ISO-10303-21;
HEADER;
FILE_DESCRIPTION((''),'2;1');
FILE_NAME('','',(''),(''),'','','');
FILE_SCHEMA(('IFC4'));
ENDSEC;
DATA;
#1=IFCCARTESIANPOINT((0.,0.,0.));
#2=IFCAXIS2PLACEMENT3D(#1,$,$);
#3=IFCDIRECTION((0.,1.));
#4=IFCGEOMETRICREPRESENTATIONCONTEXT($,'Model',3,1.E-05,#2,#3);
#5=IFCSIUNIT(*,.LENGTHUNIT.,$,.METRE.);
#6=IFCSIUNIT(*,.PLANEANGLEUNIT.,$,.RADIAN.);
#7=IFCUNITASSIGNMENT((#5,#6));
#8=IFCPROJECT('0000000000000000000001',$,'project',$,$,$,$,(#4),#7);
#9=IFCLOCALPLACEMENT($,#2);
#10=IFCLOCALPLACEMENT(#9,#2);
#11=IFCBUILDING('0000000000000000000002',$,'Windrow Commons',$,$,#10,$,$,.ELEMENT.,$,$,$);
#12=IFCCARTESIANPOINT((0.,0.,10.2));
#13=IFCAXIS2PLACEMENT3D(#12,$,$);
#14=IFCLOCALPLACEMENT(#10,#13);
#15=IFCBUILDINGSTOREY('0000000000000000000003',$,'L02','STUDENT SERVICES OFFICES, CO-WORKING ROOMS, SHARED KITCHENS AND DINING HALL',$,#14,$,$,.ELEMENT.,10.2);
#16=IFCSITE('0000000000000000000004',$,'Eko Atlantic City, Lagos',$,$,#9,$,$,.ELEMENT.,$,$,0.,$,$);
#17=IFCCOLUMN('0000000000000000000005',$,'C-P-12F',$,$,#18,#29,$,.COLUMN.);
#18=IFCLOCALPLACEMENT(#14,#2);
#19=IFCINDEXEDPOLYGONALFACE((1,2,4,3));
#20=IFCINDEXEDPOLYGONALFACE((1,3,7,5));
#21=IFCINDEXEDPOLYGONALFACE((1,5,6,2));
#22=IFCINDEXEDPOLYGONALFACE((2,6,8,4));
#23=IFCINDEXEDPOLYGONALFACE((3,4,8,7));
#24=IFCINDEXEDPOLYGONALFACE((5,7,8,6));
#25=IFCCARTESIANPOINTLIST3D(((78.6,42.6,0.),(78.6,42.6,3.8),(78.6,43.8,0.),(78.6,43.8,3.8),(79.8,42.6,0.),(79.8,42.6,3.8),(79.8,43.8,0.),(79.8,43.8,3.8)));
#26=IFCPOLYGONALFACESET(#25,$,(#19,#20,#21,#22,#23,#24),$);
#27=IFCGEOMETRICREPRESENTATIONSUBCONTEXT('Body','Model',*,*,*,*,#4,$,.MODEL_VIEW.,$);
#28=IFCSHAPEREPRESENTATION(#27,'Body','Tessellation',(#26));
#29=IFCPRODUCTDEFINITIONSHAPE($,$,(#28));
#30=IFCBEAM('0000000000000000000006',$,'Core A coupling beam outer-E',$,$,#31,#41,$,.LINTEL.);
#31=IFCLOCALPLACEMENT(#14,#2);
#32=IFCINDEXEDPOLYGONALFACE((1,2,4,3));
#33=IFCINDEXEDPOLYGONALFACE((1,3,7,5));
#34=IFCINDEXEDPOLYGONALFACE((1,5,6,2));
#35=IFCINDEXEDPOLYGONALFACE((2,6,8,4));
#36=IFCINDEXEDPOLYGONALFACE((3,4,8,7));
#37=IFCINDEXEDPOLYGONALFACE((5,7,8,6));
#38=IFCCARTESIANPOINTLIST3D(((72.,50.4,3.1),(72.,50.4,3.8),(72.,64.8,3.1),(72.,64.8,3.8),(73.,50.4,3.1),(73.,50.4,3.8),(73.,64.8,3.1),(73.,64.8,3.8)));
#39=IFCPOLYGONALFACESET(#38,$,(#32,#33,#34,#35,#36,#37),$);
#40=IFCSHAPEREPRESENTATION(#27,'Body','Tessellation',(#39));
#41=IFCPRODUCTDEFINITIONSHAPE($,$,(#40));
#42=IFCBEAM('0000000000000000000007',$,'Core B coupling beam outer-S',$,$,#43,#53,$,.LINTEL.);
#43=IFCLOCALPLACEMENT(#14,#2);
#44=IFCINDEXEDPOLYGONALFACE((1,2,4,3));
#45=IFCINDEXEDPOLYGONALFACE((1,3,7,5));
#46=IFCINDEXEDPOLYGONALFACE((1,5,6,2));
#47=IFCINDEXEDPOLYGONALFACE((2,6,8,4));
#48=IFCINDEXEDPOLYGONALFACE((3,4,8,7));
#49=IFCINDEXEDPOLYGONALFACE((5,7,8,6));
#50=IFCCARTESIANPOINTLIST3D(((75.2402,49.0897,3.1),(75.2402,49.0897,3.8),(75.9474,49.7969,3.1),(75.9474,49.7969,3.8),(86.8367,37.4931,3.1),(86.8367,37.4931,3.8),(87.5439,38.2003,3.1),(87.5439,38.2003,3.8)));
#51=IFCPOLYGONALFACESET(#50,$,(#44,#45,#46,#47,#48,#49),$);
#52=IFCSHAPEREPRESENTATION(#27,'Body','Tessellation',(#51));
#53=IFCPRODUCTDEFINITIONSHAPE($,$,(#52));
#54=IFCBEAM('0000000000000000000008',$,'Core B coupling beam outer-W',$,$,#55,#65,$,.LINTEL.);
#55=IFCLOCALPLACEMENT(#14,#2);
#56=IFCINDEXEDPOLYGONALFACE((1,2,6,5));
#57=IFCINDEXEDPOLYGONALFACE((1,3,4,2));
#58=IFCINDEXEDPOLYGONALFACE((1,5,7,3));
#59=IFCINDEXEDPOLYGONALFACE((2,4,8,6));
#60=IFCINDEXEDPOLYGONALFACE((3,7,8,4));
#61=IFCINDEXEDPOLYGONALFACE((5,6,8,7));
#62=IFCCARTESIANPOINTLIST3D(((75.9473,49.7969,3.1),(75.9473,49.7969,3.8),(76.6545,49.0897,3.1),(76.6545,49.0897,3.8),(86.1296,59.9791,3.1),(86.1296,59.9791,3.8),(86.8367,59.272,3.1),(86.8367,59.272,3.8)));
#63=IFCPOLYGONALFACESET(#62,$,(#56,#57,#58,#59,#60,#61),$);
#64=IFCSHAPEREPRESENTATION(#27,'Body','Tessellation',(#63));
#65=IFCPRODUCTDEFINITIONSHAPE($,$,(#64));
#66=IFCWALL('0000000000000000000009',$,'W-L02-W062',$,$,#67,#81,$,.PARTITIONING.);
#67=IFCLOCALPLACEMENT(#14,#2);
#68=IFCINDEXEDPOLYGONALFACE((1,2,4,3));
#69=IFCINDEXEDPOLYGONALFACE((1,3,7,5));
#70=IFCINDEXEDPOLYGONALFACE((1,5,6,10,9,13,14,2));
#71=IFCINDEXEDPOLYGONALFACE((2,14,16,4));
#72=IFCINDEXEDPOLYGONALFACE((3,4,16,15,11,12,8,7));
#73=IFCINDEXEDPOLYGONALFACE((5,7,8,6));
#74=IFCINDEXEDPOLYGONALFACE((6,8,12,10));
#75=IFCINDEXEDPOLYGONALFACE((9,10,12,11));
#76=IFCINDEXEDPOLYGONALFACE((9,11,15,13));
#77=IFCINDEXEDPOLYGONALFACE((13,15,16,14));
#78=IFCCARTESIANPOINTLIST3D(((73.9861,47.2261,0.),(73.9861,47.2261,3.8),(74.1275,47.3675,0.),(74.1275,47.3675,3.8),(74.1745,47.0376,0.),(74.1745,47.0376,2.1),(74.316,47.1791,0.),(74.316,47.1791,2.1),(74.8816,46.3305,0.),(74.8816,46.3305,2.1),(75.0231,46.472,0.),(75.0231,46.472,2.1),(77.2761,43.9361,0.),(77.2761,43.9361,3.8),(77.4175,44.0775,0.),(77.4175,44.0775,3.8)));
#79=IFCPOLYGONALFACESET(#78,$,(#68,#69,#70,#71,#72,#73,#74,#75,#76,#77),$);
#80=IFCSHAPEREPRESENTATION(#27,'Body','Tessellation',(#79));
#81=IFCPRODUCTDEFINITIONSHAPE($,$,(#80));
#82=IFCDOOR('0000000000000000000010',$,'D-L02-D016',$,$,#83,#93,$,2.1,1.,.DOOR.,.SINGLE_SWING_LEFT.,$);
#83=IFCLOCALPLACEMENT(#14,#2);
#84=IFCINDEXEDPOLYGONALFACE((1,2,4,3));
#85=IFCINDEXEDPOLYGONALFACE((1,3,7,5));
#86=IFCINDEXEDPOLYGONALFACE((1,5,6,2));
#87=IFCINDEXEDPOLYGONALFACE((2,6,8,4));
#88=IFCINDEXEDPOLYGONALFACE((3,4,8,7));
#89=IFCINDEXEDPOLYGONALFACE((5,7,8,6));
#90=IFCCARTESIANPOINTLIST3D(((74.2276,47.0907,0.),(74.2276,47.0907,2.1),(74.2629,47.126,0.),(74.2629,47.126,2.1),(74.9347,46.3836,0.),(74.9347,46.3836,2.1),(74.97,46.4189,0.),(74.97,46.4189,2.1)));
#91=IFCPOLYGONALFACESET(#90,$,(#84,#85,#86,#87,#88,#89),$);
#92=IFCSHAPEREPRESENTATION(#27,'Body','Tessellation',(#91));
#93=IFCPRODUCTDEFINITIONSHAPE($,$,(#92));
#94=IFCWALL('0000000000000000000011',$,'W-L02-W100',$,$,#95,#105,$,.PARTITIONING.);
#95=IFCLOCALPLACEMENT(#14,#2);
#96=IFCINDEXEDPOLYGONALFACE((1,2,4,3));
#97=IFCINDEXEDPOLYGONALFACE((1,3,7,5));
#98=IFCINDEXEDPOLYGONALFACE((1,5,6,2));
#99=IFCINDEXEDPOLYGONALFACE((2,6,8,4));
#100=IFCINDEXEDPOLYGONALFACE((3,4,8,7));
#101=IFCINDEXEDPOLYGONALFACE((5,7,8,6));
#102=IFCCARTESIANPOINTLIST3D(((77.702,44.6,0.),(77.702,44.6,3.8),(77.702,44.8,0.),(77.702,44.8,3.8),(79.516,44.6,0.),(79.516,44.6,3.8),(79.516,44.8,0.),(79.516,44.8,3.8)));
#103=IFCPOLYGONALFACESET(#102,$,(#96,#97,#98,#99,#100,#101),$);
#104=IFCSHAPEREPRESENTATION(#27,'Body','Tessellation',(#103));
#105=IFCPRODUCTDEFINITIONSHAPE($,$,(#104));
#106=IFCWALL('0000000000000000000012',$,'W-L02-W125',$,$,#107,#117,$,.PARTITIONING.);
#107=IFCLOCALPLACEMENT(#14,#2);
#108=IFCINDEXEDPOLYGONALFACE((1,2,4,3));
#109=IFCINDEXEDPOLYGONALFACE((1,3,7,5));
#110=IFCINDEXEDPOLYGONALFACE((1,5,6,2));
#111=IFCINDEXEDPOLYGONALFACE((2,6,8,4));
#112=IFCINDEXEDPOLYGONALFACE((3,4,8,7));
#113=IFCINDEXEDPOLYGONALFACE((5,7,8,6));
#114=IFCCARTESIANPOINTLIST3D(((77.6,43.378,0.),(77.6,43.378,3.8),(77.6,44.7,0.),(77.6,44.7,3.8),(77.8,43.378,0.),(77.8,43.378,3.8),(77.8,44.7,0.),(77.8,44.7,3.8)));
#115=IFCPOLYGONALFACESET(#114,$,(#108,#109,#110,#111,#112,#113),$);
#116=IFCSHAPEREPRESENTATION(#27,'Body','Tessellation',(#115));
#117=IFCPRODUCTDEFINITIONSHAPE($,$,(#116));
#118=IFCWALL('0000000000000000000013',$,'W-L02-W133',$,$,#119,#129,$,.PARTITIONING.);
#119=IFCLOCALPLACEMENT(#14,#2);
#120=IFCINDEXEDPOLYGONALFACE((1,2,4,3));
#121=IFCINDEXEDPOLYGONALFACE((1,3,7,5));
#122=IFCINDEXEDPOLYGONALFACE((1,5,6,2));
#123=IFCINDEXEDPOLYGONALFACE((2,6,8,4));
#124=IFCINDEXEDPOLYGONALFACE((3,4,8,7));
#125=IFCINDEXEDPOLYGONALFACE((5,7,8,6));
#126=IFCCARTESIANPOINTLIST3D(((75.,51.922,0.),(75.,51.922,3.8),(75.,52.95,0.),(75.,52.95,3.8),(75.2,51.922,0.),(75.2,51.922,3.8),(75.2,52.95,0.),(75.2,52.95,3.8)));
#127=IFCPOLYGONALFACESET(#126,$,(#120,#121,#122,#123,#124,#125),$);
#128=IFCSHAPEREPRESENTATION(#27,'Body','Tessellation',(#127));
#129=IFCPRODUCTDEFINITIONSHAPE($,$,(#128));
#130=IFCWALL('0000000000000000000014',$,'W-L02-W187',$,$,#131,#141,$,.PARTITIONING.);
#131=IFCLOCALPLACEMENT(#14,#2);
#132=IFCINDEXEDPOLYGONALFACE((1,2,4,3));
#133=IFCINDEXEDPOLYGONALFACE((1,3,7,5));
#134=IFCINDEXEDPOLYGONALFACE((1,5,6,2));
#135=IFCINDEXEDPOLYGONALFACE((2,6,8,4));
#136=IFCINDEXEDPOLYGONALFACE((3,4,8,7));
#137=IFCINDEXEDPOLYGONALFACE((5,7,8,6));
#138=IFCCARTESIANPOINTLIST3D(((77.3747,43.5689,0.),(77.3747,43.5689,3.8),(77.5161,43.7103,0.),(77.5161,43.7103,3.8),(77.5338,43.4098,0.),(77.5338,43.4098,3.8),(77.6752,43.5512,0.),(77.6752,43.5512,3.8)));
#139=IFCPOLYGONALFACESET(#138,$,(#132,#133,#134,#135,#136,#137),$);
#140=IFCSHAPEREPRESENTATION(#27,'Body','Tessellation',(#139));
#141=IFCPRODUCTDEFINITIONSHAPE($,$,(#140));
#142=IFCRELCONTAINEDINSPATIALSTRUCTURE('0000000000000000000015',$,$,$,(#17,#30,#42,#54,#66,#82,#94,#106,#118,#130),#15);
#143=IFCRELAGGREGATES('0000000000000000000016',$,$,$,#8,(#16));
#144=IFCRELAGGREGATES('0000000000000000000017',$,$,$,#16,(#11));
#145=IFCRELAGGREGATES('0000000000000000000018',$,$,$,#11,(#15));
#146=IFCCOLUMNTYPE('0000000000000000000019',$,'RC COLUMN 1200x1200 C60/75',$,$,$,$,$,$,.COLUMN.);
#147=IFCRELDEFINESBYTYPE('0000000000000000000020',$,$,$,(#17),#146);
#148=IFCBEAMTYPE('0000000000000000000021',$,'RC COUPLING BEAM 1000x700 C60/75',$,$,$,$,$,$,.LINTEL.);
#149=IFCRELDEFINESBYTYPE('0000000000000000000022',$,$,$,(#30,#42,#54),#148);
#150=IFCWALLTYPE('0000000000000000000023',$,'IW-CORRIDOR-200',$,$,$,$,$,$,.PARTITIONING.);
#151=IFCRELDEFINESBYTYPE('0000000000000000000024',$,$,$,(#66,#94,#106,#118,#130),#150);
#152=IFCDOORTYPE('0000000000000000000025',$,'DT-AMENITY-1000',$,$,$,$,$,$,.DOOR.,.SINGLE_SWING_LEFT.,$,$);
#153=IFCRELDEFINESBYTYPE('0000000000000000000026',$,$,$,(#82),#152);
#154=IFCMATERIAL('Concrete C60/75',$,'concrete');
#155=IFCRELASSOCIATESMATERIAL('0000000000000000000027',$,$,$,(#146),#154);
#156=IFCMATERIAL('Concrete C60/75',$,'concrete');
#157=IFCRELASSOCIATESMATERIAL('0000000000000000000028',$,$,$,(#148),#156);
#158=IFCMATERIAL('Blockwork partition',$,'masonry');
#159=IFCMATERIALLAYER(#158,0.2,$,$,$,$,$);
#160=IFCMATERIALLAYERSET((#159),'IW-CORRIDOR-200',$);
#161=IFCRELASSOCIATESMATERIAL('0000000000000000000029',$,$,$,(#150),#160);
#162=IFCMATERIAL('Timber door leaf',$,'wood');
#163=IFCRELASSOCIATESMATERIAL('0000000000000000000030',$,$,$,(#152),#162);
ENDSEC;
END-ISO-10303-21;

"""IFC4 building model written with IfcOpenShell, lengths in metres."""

from ifc_helpers import new_model, si_unit, direction, frame, frame_2d, origin, origin_2d, place, context, subcontext, project, spatial, rectangle, extrude, material, layer, layer_set, material_profile, profile_set, type_object, element, fill, save


model = new_model("IFC4")

# Units and contexts
model_context = context("Model", 3, precision=1e-05, world=origin(), true_north=direction((0.0, 1.0)))
body_context = subcontext(model_context, "Body", "Model", "MODEL_VIEW")
ifc_project = project(units=[si_unit("LENGTHUNIT", "METRE"), si_unit("PLANEANGLEUNIT", "RADIAN")], contexts=[model_context])

# Site, building, storey
site_placement = place(None, origin())
site = spatial("IfcSite", under=ifc_project, at=site_placement, Name="Eko Atlantic City, Lagos", CompositionType="ELEMENT", RefElevation=0.0)
building_placement = place(site_placement, origin())
building = spatial("IfcBuilding", under=site, at=building_placement, Name="Windrow Commons", CompositionType="ELEMENT")
storey_placement = place(building_placement, frame((0.0, 0.0, 10.2)))
storey = spatial("IfcBuildingStorey", under=building, at=storey_placement, Name="L02", Description="STUDENT SERVICES OFFICES, CO-WORKING ROOMS, SHARED KITCHENS AND DINING HALL", CompositionType="ELEMENT", Elevation=10.2)

# Column
ifc_material_1 = material(Name="Concrete C60/75", Category="concrete")
ifc_material_profile_1 = material_profile(ifc_material_1, rectangle(XDim=1.2, YDim=1.2, at=origin_2d()))
ifc_profile_set_1 = profile_set([ifc_material_profile_1], Name="Concrete C60/75")
column_type = type_object("IfcColumnType", Name="RC COLUMN 1200x1200 C60/75", PredefinedType="COLUMN", material=ifc_profile_set_1)
column_placement = place(storey_placement, frame((79.2, 43.2, 0.0), z_axis=(0.0, 0.0, 1.0), x_axis=(1.0, 0.0, 0.0)))
element("IfcColumn", 1, at=column_placement, inside=storey, type_object=column_type, Name="C-P-12F", PredefinedType="COLUMN", context=body_context, shape_type="SweptSolid", body=[
    extrude(rectangle(XDim=1.2, YDim=1.2, at=origin_2d()), origin(), (0.0, 0.0, 1.0), 3.8),
])

# Beams
ifc_material_2 = material(Name="Concrete C60/75", Category="concrete")
ifc_material_profile_2 = material_profile(ifc_material_2, rectangle(XDim=1.0, YDim=0.7, at=origin_2d()))
ifc_profile_set_2 = profile_set([ifc_material_profile_2], Name="Concrete C60/75")
beam_type = type_object("IfcBeamType", Name="RC COUPLING BEAM 1000x700 C60/75", PredefinedType="LINTEL", material=ifc_profile_set_2)
beam_1_placement = place(storey_placement, frame((72.5, 50.4, 3.45), z_axis=(0.0, 1.0, 0.0), x_axis=(-1.0, 0.0, 0.0)))
element("IfcBeam", 2, at=beam_1_placement, inside=storey, type_object=beam_type, Name="Core A coupling beam outer-E", PredefinedType="LINTEL", context=body_context, shape_type="SweptSolid", body=[
    extrude(rectangle(XDim=1.0, YDim=0.7, at=origin_2d()), origin(), (0.0, 0.0, 1.0), 14.4),
])
beam_2_placement = place(storey_placement, frame((75.5938, 49.4433, 3.45), z_axis=(0.707104, -0.70711, 0.0), x_axis=(0.70711, 0.707104, 0.0)))
element("IfcBeam", 3, at=beam_2_placement, inside=storey, type_object=beam_type, Name="Core B coupling beam outer-S", PredefinedType="LINTEL", context=body_context, shape_type="SweptSolid", body=[
    extrude(rectangle(XDim=1.0, YDim=0.7, at=origin_2d()), origin(), (0.0, 0.0, 1.0), 16.4),
])
beam_3_placement = place(storey_placement, frame((76.3009, 49.4433, 3.45), z_axis=(0.707107, 0.707107, 0.0), x_axis=(-0.707107, 0.707107, 0.0)))
element("IfcBeam", 4, at=beam_3_placement, inside=storey, type_object=beam_type, Name="Core B coupling beam outer-W", PredefinedType="LINTEL", context=body_context, shape_type="SweptSolid", body=[
    extrude(rectangle(XDim=1.0, YDim=0.7, at=origin_2d()), origin(), (0.0, 0.0, 1.0), 14.3999),
])

# Wall, opening, door
ifc_material_3 = material(Name="Blockwork partition", Category="masonry")
ifc_layer_1 = layer(ifc_material_3, 0.2)
ifc_layer_set_1 = layer_set([ifc_layer_1], Name="IW-CORRIDOR-200")
wall_type_1 = type_object("IfcWallType", Name="IW-CORRIDOR-200", PredefinedType="PARTITIONING", material=ifc_layer_set_1)
wall_1_placement = place(storey_placement, frame((74.0568, 47.2968, 0.0), z_axis=(0.0, 0.0, 1.0), x_axis=(0.707107, -0.707107, 0.0)))
wall_1 = element("IfcWall", 5, at=wall_1_placement, inside=storey, type_object=wall_type_1, Name="W-L02-W062", PredefinedType="PARTITIONING", context=body_context, shape_type="SweptSolid", body=[
    extrude(rectangle(XDim=4.6528, YDim=0.2, at=frame_2d((2.3264, 0.0))), origin(), (0.0, 0.0, 1.0), 3.8),
])
opening_1_placement = place(wall_1_placement, frame((0.2665, 0.0, 0.0)))
opening_1 = element("IfcOpeningElement", 6, at=opening_1_placement, cuts=wall_1, PredefinedType="OPENING", context=body_context, shape_type="SweptSolid", body=[
    extrude(rectangle(XDim=1.0, YDim=2.1, at=frame_2d((0.5, 1.05))), frame((0.0, 0.11, 0.0), z_axis=(0.0, -1.0, 0.0), x_axis=(1.0, 0.0, 0.0)), (0.0, 0.0, 1.0), 0.22),
])
ifc_material_4 = material(Name="Timber door leaf", Category="wood")
door_type_1 = type_object("IfcDoorType", Name="DT-AMENITY-1000", OperationType="SINGLE_SWING_LEFT", PredefinedType="DOOR", material=ifc_material_4)
door_1_placement = place(opening_1_placement, origin())
door_1 = element("IfcDoor", 7, at=door_1_placement, inside=storey, type_object=door_type_1, Name="D-L02-D016", OperationType="SINGLE_SWING_LEFT", OverallHeight=2.1, OverallWidth=1.0, PredefinedType="DOOR", context=body_context, shape_type="SweptSolid", body=[
    extrude(rectangle(XDim=1.0, YDim=2.1, at=frame_2d((0.5, 1.05))), frame((0.0, 0.025, 0.0), z_axis=(0.0, -1.0, 0.0), x_axis=(1.0, 0.0, 0.0)), (0.0, 0.0, 1.0), 0.05),
])
fill(opening_1, door_1)

# Walls
wall_2_placement = place(storey_placement, frame((77.702, 44.7, 0.0), z_axis=(0.0, 0.0, 1.0), x_axis=(1.0, 0.0, 0.0)))
element("IfcWall", 8, at=wall_2_placement, inside=storey, type_object=wall_type_1, Name="W-L02-W100", PredefinedType="PARTITIONING", context=body_context, shape_type="SweptSolid", body=[
    extrude(rectangle(XDim=1.814, YDim=0.2, at=frame_2d((0.907, 0.0))), origin(), (0.0, 0.0, 1.0), 3.8),
])
wall_3_placement = place(storey_placement, frame((77.7, 43.378, 0.0), z_axis=(0.0, 0.0, 1.0), x_axis=(0.0, 1.0, 0.0)))
element("IfcWall", 9, at=wall_3_placement, inside=storey, type_object=wall_type_1, Name="W-L02-W125", PredefinedType="PARTITIONING", context=body_context, shape_type="SweptSolid", body=[
    extrude(rectangle(XDim=1.322, YDim=0.2, at=frame_2d((0.661, 0.0))), origin(), (0.0, 0.0, 1.0), 3.8),
])
wall_4_placement = place(storey_placement, frame((75.1, 51.922, 0.0), z_axis=(0.0, 0.0, 1.0), x_axis=(0.0, 1.0, 0.0)))
element("IfcWall", 10, at=wall_4_placement, inside=storey, type_object=wall_type_1, Name="W-L02-W133", PredefinedType="PARTITIONING", context=body_context, shape_type="SweptSolid", body=[
    extrude(rectangle(XDim=1.028, YDim=0.2, at=frame_2d((0.514, 0.0))), origin(), (0.0, 0.0, 1.0), 3.8),
])
wall_5_placement = place(storey_placement, frame((77.4454, 43.6396, 0.0), z_axis=(0.0, 0.0, 1.0), x_axis=(0.707107, -0.707107, 0.0)))
element("IfcWall", 11, at=wall_5_placement, inside=storey, type_object=wall_type_1, Name="W-L02-W187", PredefinedType="PARTITIONING", context=body_context, shape_type="SweptSolid", body=[
    extrude(rectangle(XDim=0.225, YDim=0.2, at=frame_2d((0.1125, 0.0))), origin(), (0.0, 0.0, 1.0), 3.8),
])

save(model, "model.ifc")
